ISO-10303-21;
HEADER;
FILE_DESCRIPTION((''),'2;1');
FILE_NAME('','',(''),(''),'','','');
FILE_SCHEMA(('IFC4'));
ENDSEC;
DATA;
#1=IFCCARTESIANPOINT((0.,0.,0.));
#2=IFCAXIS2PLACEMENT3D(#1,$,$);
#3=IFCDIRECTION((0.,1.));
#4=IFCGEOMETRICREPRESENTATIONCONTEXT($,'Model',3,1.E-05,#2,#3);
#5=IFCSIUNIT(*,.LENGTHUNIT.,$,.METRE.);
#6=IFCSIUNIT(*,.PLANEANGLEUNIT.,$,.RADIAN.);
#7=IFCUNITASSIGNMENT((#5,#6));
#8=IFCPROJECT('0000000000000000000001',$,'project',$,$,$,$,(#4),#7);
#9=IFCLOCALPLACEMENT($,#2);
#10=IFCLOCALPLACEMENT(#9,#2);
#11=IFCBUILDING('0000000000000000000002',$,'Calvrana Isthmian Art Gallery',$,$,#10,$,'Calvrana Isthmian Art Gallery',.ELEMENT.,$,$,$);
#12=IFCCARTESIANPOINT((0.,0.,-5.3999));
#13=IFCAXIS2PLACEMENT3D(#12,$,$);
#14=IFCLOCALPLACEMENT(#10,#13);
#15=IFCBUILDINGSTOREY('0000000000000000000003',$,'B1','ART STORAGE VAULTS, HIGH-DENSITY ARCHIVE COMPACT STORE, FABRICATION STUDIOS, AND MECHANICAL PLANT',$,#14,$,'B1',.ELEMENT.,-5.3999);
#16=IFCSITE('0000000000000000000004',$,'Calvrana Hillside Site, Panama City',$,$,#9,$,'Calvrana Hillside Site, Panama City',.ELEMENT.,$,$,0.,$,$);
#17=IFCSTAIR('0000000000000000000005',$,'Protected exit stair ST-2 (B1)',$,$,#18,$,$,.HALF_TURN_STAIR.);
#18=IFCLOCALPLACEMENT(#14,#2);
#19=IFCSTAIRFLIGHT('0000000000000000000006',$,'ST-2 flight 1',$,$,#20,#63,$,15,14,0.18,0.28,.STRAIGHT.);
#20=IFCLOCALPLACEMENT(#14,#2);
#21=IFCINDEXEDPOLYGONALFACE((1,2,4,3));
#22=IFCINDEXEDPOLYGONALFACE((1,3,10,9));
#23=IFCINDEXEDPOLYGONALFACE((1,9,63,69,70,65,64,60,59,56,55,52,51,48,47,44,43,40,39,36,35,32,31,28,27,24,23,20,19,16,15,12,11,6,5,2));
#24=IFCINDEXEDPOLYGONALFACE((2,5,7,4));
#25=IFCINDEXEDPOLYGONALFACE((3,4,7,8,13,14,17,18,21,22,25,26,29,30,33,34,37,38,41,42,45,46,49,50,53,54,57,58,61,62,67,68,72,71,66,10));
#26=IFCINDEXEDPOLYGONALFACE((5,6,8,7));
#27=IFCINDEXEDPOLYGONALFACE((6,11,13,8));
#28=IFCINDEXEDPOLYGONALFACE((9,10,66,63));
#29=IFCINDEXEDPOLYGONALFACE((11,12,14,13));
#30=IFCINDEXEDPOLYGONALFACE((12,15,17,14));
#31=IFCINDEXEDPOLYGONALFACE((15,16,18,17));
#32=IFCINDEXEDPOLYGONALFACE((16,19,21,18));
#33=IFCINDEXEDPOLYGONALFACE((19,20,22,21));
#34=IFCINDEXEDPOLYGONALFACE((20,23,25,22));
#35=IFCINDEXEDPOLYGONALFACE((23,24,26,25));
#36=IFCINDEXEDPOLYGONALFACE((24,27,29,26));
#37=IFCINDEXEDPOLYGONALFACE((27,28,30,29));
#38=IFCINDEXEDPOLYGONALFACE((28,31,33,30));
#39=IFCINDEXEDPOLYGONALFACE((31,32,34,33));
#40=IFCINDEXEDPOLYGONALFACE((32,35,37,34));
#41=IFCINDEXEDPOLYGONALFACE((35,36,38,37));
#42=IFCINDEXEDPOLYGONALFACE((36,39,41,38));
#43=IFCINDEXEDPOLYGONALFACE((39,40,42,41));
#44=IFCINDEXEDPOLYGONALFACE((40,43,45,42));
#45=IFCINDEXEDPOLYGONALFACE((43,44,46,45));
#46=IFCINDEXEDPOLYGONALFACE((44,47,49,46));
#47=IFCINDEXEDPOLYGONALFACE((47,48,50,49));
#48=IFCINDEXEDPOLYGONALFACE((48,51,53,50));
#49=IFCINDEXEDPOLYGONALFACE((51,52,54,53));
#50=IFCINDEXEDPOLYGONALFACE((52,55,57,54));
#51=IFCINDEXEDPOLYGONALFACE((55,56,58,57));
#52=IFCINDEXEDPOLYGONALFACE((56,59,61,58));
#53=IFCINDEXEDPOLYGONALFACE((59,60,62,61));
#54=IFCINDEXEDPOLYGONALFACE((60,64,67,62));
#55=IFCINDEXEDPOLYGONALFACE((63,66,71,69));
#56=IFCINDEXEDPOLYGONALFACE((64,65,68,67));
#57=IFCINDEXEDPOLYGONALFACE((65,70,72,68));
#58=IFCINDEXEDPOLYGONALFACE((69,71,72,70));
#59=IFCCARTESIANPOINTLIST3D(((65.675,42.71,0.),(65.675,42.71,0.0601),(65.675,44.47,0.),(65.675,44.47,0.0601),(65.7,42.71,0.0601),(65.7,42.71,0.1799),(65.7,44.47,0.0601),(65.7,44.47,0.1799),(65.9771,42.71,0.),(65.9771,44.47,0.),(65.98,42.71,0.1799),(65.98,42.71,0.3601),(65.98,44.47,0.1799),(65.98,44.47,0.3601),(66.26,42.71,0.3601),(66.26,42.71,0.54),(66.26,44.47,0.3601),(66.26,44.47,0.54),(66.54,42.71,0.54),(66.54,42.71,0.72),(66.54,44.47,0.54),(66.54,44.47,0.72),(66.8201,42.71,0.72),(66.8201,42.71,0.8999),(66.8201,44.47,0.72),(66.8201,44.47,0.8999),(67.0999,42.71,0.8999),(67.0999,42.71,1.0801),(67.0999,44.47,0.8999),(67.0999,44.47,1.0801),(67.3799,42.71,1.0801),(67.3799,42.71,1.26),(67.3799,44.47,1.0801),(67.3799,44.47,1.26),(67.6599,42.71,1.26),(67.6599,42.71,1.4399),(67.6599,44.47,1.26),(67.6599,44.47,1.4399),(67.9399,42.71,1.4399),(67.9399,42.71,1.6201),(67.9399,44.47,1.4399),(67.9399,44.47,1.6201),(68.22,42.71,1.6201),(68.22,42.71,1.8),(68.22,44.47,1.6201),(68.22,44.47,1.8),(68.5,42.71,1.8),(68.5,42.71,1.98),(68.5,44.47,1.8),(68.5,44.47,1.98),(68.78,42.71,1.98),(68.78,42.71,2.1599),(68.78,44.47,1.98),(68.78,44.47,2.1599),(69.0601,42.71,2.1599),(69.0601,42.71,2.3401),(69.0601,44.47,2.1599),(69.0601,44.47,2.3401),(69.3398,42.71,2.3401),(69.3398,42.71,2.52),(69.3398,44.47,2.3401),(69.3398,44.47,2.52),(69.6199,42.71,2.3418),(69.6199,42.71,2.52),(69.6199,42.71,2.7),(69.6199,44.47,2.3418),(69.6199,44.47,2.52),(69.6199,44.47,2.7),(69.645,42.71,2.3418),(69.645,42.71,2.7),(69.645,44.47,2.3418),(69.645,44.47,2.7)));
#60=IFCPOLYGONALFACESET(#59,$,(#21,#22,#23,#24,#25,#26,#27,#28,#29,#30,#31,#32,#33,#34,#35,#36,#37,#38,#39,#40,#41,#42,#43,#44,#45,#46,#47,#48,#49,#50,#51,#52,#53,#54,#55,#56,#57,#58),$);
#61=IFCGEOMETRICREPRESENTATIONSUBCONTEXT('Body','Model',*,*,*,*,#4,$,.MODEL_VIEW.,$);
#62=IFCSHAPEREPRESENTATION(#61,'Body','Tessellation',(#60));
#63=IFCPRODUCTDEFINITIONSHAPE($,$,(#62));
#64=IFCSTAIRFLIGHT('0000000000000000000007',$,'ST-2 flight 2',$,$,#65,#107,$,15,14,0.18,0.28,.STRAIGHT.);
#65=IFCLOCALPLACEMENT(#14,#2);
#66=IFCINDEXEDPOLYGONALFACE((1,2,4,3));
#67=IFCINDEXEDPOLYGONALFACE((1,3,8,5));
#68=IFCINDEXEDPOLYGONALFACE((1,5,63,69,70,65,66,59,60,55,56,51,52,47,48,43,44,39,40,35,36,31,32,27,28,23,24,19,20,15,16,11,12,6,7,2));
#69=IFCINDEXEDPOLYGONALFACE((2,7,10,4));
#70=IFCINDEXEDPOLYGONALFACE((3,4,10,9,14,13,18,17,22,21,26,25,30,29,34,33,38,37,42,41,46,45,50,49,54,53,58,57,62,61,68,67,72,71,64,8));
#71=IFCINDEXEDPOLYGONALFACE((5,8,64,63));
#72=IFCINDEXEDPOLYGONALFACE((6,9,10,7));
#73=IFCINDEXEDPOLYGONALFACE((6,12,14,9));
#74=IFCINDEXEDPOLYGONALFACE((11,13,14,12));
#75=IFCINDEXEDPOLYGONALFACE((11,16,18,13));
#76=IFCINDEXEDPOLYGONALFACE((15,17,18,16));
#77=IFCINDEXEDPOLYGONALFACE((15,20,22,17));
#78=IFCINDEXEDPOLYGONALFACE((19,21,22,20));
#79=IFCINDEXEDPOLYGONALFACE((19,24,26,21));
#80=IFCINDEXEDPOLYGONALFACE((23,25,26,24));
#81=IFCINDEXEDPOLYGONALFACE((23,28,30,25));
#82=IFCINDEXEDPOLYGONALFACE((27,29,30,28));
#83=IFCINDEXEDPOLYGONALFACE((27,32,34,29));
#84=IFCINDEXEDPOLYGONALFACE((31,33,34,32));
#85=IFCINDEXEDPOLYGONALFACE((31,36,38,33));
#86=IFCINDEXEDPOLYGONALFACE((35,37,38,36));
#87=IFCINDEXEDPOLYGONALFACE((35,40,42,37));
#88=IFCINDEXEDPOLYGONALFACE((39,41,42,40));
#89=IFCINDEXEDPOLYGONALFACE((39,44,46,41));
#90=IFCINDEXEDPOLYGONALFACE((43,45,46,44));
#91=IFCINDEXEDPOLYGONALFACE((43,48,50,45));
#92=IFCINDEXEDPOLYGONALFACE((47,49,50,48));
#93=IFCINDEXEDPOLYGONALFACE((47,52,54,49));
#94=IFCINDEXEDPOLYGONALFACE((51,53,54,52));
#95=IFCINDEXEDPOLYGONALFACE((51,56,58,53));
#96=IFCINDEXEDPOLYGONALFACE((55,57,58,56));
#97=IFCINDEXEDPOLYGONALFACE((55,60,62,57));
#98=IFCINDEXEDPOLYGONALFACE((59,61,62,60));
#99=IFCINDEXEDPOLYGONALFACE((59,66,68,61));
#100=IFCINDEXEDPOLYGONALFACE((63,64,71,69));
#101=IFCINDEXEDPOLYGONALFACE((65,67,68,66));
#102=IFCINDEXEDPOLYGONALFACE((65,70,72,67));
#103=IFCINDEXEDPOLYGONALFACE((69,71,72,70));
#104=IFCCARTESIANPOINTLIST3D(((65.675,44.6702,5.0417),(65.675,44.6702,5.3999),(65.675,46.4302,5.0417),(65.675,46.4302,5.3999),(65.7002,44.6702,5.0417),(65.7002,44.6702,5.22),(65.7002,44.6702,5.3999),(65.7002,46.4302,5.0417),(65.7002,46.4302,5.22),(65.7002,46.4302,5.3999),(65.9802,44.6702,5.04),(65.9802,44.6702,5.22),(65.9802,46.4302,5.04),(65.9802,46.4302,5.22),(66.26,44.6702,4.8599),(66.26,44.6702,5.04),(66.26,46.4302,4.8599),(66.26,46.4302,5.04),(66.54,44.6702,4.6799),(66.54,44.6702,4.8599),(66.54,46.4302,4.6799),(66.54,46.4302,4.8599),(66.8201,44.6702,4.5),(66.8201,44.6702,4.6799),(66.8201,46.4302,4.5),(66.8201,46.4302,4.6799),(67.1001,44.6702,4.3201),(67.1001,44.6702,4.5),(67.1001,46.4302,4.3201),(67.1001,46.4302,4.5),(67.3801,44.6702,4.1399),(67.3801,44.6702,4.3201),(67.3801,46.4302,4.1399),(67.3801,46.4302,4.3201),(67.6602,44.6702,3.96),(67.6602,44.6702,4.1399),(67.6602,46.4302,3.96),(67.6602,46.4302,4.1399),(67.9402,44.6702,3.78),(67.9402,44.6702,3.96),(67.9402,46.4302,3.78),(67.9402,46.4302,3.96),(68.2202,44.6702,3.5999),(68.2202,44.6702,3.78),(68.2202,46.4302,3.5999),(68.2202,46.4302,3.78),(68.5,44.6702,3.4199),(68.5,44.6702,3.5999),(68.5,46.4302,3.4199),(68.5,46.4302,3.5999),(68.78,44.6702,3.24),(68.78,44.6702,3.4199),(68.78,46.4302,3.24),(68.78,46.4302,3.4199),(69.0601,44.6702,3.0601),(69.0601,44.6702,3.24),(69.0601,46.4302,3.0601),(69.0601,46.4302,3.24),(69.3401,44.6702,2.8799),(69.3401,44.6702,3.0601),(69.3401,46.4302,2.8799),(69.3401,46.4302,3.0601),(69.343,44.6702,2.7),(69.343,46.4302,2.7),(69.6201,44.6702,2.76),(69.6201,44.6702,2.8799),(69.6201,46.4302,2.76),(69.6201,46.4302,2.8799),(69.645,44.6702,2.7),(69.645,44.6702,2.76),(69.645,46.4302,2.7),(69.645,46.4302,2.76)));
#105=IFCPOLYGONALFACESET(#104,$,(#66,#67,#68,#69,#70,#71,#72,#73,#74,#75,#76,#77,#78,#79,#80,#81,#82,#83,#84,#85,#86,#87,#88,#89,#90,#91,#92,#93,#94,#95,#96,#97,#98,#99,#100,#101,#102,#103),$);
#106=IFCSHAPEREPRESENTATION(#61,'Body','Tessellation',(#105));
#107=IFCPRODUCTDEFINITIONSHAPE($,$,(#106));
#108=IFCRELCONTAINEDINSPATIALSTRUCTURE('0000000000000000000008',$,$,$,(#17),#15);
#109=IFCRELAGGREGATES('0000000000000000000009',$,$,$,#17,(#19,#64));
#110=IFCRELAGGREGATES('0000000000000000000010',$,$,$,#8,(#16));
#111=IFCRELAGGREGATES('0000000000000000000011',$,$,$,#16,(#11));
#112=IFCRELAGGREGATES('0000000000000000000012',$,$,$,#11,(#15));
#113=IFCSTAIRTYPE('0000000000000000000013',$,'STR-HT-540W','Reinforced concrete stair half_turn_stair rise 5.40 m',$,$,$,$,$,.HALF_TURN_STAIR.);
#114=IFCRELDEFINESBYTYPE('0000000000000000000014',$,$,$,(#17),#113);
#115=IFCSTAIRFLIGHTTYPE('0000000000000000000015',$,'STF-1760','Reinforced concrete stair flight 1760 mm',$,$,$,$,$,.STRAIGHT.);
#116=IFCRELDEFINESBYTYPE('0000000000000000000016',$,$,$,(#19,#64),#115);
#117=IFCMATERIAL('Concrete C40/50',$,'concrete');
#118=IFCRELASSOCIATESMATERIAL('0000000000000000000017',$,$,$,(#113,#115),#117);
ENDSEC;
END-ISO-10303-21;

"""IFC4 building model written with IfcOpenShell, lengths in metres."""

from ifc_helpers import new_model, si_unit, direction, frame, origin, place, context, subcontext, project, spatial, polyline, outline, extrude, material, type_object, element, aggregate, save


model = new_model("IFC4")

# Units and contexts
model_context = context("Model", 3, precision=1e-05, world=origin(), true_north=direction((0.0, 1.0)))
body_context = subcontext(model_context, "Body", "Model", "MODEL_VIEW")
ifc_project = project(units=[si_unit("LENGTHUNIT", "METRE"), si_unit("PLANEANGLEUNIT", "RADIAN")], contexts=[model_context])

# Site, building, storey
site_placement = place(None, origin())
site = spatial("IfcSite", under=ifc_project, at=site_placement, Name="Calvrana Hillside Site, Panama City", LongName="Calvrana Hillside Site, Panama City", CompositionType="ELEMENT", RefElevation=0.0)
building_placement = place(site_placement, origin())
building = spatial("IfcBuilding", under=site, at=building_placement, Name="Calvrana Isthmian Art Gallery", LongName="Calvrana Isthmian Art Gallery", CompositionType="ELEMENT")
storey_placement = place(building_placement, frame((0.0, 0.0, -5.3999)))
storey = spatial("IfcBuildingStorey", under=building, at=storey_placement, Name="B1", Description="ART STORAGE VAULTS, HIGH-DENSITY ARCHIVE COMPACT STORE, FABRICATION STUDIOS, AND MECHANICAL PLANT", LongName="B1", CompositionType="ELEMENT", Elevation=-5.3999)

# Shared definitions
ifc_material_1 = material(Name="Concrete C40/50", Category="concrete")

# Stair, stair flights
stair_type = type_object("IfcStairType", Name="STR-HT-540W", Description="Reinforced concrete stair half_turn_stair rise 5.40 m", PredefinedType="HALF_TURN_STAIR", material=ifc_material_1)
stair_placement = place(storey_placement, origin())
stair = element("IfcStair", 1, at=stair_placement, inside=storey, type_object=stair_type, Name="Protected exit stair ST-2 (B1)", PredefinedType="HALF_TURN_STAIR")
stair_flight_type = type_object("IfcStairFlightType", Name="STF-1760", Description="Reinforced concrete stair flight 1760 mm", PredefinedType="STRAIGHT", material=ifc_material_1)
stair_flight_1_placement = place(storey_placement, frame((65.7, 43.5901, 0.0), z_axis=(0.0, 0.0, 1.0), x_axis=(1.0, 0.0, 0.0)))
stair_flight_1 = element("IfcStairFlight", 2, at=stair_flight_1_placement, type_object=stair_flight_type, Name="ST-2 flight 1", NumberOfRisers=15, NumberOfTreads=14, PredefinedType="STRAIGHT", RiserHeight=0.18, TreadLength=0.28, context=body_context, shape_type="SweptSolid", body=[
    extrude(outline(polyline([(-0.0249, 0.0), (-0.0249, 0.0601), (0.0, 0.0601), (0.0, 0.1799), (0.28, 0.1799), (0.28, 0.3601), (0.5601, 0.3601), (0.5601, 0.54), (0.8401, 0.54), (0.8401, 0.72), (1.1201, 0.72), (1.1201, 0.8999), (1.3999, 0.8999), (1.3999, 1.0801), (1.6799, 1.0801), (1.6799, 1.26), (1.96, 1.26), (1.96, 1.4399), (2.24, 1.4399), (2.24, 1.6201), (2.52, 1.6201), (2.52, 1.8), (2.8, 1.8), (2.8, 1.98), (3.0801, 1.98), (3.0801, 2.1599), (3.3601, 2.1599), (3.3601, 2.3401), (3.6399, 2.3401), (3.6399, 2.52), (3.9199, 2.52), (3.9199, 2.7), (3.9451, 2.7), (3.9451, 2.3418), (3.9199, 2.3418), (0.2771, 0.0), (-0.0249, 0.0)])), frame((0.0, 0.8799, 0.0), z_axis=(0.0, -1.0, 0.0), x_axis=(1.0, 0.0, 0.0)), (0.0, 0.0, 1.0), 1.76),
])
stair_flight_2_placement = place(storey_placement, frame((69.6201, 45.55, 2.7), z_axis=(0.0, 0.0, 1.0), x_axis=(-1.0, 0.0, 0.0)))
stair_flight_2 = element("IfcStairFlight", 3, at=stair_flight_2_placement, type_object=stair_flight_type, Name="ST-2 flight 2", NumberOfRisers=15, NumberOfTreads=14, PredefinedType="STRAIGHT", RiserHeight=0.18, TreadLength=0.28, context=body_context, shape_type="SweptSolid", body=[
    extrude(outline(polyline([(-0.0249, 0.0), (-0.0249, 0.0601), (0.0, 0.0601), (0.0, 0.1799), (0.28, 0.1799), (0.28, 0.3601), (0.5601, 0.3601), (0.5601, 0.54), (0.8401, 0.54), (0.8401, 0.72), (1.1201, 0.72), (1.1201, 0.8999), (1.3999, 0.8999), (1.3999, 1.0801), (1.6799, 1.0801), (1.6799, 1.26), (1.96, 1.26), (1.96, 1.4399), (2.24, 1.4399), (2.24, 1.6201), (2.52, 1.6201), (2.52, 1.8), (2.8, 1.8), (2.8, 1.98), (3.0801, 1.98), (3.0801, 2.1599), (3.3601, 2.1599), (3.3601, 2.3401), (3.6399, 2.3401), (3.6399, 2.52), (3.9199, 2.52), (3.9199, 2.7), (3.9451, 2.7), (3.9451, 2.3418), (3.9199, 2.3418), (0.2771, 0.0), (-0.0249, 0.0)])), frame((0.0, 0.8799, 0.0), z_axis=(0.0, -1.0, 0.0), x_axis=(1.0, 0.0, 0.0)), (0.0, 0.0, 1.0), 1.76),
])
aggregate(stair, [stair_flight_1, stair_flight_2])

save(model, "model.ifc")
